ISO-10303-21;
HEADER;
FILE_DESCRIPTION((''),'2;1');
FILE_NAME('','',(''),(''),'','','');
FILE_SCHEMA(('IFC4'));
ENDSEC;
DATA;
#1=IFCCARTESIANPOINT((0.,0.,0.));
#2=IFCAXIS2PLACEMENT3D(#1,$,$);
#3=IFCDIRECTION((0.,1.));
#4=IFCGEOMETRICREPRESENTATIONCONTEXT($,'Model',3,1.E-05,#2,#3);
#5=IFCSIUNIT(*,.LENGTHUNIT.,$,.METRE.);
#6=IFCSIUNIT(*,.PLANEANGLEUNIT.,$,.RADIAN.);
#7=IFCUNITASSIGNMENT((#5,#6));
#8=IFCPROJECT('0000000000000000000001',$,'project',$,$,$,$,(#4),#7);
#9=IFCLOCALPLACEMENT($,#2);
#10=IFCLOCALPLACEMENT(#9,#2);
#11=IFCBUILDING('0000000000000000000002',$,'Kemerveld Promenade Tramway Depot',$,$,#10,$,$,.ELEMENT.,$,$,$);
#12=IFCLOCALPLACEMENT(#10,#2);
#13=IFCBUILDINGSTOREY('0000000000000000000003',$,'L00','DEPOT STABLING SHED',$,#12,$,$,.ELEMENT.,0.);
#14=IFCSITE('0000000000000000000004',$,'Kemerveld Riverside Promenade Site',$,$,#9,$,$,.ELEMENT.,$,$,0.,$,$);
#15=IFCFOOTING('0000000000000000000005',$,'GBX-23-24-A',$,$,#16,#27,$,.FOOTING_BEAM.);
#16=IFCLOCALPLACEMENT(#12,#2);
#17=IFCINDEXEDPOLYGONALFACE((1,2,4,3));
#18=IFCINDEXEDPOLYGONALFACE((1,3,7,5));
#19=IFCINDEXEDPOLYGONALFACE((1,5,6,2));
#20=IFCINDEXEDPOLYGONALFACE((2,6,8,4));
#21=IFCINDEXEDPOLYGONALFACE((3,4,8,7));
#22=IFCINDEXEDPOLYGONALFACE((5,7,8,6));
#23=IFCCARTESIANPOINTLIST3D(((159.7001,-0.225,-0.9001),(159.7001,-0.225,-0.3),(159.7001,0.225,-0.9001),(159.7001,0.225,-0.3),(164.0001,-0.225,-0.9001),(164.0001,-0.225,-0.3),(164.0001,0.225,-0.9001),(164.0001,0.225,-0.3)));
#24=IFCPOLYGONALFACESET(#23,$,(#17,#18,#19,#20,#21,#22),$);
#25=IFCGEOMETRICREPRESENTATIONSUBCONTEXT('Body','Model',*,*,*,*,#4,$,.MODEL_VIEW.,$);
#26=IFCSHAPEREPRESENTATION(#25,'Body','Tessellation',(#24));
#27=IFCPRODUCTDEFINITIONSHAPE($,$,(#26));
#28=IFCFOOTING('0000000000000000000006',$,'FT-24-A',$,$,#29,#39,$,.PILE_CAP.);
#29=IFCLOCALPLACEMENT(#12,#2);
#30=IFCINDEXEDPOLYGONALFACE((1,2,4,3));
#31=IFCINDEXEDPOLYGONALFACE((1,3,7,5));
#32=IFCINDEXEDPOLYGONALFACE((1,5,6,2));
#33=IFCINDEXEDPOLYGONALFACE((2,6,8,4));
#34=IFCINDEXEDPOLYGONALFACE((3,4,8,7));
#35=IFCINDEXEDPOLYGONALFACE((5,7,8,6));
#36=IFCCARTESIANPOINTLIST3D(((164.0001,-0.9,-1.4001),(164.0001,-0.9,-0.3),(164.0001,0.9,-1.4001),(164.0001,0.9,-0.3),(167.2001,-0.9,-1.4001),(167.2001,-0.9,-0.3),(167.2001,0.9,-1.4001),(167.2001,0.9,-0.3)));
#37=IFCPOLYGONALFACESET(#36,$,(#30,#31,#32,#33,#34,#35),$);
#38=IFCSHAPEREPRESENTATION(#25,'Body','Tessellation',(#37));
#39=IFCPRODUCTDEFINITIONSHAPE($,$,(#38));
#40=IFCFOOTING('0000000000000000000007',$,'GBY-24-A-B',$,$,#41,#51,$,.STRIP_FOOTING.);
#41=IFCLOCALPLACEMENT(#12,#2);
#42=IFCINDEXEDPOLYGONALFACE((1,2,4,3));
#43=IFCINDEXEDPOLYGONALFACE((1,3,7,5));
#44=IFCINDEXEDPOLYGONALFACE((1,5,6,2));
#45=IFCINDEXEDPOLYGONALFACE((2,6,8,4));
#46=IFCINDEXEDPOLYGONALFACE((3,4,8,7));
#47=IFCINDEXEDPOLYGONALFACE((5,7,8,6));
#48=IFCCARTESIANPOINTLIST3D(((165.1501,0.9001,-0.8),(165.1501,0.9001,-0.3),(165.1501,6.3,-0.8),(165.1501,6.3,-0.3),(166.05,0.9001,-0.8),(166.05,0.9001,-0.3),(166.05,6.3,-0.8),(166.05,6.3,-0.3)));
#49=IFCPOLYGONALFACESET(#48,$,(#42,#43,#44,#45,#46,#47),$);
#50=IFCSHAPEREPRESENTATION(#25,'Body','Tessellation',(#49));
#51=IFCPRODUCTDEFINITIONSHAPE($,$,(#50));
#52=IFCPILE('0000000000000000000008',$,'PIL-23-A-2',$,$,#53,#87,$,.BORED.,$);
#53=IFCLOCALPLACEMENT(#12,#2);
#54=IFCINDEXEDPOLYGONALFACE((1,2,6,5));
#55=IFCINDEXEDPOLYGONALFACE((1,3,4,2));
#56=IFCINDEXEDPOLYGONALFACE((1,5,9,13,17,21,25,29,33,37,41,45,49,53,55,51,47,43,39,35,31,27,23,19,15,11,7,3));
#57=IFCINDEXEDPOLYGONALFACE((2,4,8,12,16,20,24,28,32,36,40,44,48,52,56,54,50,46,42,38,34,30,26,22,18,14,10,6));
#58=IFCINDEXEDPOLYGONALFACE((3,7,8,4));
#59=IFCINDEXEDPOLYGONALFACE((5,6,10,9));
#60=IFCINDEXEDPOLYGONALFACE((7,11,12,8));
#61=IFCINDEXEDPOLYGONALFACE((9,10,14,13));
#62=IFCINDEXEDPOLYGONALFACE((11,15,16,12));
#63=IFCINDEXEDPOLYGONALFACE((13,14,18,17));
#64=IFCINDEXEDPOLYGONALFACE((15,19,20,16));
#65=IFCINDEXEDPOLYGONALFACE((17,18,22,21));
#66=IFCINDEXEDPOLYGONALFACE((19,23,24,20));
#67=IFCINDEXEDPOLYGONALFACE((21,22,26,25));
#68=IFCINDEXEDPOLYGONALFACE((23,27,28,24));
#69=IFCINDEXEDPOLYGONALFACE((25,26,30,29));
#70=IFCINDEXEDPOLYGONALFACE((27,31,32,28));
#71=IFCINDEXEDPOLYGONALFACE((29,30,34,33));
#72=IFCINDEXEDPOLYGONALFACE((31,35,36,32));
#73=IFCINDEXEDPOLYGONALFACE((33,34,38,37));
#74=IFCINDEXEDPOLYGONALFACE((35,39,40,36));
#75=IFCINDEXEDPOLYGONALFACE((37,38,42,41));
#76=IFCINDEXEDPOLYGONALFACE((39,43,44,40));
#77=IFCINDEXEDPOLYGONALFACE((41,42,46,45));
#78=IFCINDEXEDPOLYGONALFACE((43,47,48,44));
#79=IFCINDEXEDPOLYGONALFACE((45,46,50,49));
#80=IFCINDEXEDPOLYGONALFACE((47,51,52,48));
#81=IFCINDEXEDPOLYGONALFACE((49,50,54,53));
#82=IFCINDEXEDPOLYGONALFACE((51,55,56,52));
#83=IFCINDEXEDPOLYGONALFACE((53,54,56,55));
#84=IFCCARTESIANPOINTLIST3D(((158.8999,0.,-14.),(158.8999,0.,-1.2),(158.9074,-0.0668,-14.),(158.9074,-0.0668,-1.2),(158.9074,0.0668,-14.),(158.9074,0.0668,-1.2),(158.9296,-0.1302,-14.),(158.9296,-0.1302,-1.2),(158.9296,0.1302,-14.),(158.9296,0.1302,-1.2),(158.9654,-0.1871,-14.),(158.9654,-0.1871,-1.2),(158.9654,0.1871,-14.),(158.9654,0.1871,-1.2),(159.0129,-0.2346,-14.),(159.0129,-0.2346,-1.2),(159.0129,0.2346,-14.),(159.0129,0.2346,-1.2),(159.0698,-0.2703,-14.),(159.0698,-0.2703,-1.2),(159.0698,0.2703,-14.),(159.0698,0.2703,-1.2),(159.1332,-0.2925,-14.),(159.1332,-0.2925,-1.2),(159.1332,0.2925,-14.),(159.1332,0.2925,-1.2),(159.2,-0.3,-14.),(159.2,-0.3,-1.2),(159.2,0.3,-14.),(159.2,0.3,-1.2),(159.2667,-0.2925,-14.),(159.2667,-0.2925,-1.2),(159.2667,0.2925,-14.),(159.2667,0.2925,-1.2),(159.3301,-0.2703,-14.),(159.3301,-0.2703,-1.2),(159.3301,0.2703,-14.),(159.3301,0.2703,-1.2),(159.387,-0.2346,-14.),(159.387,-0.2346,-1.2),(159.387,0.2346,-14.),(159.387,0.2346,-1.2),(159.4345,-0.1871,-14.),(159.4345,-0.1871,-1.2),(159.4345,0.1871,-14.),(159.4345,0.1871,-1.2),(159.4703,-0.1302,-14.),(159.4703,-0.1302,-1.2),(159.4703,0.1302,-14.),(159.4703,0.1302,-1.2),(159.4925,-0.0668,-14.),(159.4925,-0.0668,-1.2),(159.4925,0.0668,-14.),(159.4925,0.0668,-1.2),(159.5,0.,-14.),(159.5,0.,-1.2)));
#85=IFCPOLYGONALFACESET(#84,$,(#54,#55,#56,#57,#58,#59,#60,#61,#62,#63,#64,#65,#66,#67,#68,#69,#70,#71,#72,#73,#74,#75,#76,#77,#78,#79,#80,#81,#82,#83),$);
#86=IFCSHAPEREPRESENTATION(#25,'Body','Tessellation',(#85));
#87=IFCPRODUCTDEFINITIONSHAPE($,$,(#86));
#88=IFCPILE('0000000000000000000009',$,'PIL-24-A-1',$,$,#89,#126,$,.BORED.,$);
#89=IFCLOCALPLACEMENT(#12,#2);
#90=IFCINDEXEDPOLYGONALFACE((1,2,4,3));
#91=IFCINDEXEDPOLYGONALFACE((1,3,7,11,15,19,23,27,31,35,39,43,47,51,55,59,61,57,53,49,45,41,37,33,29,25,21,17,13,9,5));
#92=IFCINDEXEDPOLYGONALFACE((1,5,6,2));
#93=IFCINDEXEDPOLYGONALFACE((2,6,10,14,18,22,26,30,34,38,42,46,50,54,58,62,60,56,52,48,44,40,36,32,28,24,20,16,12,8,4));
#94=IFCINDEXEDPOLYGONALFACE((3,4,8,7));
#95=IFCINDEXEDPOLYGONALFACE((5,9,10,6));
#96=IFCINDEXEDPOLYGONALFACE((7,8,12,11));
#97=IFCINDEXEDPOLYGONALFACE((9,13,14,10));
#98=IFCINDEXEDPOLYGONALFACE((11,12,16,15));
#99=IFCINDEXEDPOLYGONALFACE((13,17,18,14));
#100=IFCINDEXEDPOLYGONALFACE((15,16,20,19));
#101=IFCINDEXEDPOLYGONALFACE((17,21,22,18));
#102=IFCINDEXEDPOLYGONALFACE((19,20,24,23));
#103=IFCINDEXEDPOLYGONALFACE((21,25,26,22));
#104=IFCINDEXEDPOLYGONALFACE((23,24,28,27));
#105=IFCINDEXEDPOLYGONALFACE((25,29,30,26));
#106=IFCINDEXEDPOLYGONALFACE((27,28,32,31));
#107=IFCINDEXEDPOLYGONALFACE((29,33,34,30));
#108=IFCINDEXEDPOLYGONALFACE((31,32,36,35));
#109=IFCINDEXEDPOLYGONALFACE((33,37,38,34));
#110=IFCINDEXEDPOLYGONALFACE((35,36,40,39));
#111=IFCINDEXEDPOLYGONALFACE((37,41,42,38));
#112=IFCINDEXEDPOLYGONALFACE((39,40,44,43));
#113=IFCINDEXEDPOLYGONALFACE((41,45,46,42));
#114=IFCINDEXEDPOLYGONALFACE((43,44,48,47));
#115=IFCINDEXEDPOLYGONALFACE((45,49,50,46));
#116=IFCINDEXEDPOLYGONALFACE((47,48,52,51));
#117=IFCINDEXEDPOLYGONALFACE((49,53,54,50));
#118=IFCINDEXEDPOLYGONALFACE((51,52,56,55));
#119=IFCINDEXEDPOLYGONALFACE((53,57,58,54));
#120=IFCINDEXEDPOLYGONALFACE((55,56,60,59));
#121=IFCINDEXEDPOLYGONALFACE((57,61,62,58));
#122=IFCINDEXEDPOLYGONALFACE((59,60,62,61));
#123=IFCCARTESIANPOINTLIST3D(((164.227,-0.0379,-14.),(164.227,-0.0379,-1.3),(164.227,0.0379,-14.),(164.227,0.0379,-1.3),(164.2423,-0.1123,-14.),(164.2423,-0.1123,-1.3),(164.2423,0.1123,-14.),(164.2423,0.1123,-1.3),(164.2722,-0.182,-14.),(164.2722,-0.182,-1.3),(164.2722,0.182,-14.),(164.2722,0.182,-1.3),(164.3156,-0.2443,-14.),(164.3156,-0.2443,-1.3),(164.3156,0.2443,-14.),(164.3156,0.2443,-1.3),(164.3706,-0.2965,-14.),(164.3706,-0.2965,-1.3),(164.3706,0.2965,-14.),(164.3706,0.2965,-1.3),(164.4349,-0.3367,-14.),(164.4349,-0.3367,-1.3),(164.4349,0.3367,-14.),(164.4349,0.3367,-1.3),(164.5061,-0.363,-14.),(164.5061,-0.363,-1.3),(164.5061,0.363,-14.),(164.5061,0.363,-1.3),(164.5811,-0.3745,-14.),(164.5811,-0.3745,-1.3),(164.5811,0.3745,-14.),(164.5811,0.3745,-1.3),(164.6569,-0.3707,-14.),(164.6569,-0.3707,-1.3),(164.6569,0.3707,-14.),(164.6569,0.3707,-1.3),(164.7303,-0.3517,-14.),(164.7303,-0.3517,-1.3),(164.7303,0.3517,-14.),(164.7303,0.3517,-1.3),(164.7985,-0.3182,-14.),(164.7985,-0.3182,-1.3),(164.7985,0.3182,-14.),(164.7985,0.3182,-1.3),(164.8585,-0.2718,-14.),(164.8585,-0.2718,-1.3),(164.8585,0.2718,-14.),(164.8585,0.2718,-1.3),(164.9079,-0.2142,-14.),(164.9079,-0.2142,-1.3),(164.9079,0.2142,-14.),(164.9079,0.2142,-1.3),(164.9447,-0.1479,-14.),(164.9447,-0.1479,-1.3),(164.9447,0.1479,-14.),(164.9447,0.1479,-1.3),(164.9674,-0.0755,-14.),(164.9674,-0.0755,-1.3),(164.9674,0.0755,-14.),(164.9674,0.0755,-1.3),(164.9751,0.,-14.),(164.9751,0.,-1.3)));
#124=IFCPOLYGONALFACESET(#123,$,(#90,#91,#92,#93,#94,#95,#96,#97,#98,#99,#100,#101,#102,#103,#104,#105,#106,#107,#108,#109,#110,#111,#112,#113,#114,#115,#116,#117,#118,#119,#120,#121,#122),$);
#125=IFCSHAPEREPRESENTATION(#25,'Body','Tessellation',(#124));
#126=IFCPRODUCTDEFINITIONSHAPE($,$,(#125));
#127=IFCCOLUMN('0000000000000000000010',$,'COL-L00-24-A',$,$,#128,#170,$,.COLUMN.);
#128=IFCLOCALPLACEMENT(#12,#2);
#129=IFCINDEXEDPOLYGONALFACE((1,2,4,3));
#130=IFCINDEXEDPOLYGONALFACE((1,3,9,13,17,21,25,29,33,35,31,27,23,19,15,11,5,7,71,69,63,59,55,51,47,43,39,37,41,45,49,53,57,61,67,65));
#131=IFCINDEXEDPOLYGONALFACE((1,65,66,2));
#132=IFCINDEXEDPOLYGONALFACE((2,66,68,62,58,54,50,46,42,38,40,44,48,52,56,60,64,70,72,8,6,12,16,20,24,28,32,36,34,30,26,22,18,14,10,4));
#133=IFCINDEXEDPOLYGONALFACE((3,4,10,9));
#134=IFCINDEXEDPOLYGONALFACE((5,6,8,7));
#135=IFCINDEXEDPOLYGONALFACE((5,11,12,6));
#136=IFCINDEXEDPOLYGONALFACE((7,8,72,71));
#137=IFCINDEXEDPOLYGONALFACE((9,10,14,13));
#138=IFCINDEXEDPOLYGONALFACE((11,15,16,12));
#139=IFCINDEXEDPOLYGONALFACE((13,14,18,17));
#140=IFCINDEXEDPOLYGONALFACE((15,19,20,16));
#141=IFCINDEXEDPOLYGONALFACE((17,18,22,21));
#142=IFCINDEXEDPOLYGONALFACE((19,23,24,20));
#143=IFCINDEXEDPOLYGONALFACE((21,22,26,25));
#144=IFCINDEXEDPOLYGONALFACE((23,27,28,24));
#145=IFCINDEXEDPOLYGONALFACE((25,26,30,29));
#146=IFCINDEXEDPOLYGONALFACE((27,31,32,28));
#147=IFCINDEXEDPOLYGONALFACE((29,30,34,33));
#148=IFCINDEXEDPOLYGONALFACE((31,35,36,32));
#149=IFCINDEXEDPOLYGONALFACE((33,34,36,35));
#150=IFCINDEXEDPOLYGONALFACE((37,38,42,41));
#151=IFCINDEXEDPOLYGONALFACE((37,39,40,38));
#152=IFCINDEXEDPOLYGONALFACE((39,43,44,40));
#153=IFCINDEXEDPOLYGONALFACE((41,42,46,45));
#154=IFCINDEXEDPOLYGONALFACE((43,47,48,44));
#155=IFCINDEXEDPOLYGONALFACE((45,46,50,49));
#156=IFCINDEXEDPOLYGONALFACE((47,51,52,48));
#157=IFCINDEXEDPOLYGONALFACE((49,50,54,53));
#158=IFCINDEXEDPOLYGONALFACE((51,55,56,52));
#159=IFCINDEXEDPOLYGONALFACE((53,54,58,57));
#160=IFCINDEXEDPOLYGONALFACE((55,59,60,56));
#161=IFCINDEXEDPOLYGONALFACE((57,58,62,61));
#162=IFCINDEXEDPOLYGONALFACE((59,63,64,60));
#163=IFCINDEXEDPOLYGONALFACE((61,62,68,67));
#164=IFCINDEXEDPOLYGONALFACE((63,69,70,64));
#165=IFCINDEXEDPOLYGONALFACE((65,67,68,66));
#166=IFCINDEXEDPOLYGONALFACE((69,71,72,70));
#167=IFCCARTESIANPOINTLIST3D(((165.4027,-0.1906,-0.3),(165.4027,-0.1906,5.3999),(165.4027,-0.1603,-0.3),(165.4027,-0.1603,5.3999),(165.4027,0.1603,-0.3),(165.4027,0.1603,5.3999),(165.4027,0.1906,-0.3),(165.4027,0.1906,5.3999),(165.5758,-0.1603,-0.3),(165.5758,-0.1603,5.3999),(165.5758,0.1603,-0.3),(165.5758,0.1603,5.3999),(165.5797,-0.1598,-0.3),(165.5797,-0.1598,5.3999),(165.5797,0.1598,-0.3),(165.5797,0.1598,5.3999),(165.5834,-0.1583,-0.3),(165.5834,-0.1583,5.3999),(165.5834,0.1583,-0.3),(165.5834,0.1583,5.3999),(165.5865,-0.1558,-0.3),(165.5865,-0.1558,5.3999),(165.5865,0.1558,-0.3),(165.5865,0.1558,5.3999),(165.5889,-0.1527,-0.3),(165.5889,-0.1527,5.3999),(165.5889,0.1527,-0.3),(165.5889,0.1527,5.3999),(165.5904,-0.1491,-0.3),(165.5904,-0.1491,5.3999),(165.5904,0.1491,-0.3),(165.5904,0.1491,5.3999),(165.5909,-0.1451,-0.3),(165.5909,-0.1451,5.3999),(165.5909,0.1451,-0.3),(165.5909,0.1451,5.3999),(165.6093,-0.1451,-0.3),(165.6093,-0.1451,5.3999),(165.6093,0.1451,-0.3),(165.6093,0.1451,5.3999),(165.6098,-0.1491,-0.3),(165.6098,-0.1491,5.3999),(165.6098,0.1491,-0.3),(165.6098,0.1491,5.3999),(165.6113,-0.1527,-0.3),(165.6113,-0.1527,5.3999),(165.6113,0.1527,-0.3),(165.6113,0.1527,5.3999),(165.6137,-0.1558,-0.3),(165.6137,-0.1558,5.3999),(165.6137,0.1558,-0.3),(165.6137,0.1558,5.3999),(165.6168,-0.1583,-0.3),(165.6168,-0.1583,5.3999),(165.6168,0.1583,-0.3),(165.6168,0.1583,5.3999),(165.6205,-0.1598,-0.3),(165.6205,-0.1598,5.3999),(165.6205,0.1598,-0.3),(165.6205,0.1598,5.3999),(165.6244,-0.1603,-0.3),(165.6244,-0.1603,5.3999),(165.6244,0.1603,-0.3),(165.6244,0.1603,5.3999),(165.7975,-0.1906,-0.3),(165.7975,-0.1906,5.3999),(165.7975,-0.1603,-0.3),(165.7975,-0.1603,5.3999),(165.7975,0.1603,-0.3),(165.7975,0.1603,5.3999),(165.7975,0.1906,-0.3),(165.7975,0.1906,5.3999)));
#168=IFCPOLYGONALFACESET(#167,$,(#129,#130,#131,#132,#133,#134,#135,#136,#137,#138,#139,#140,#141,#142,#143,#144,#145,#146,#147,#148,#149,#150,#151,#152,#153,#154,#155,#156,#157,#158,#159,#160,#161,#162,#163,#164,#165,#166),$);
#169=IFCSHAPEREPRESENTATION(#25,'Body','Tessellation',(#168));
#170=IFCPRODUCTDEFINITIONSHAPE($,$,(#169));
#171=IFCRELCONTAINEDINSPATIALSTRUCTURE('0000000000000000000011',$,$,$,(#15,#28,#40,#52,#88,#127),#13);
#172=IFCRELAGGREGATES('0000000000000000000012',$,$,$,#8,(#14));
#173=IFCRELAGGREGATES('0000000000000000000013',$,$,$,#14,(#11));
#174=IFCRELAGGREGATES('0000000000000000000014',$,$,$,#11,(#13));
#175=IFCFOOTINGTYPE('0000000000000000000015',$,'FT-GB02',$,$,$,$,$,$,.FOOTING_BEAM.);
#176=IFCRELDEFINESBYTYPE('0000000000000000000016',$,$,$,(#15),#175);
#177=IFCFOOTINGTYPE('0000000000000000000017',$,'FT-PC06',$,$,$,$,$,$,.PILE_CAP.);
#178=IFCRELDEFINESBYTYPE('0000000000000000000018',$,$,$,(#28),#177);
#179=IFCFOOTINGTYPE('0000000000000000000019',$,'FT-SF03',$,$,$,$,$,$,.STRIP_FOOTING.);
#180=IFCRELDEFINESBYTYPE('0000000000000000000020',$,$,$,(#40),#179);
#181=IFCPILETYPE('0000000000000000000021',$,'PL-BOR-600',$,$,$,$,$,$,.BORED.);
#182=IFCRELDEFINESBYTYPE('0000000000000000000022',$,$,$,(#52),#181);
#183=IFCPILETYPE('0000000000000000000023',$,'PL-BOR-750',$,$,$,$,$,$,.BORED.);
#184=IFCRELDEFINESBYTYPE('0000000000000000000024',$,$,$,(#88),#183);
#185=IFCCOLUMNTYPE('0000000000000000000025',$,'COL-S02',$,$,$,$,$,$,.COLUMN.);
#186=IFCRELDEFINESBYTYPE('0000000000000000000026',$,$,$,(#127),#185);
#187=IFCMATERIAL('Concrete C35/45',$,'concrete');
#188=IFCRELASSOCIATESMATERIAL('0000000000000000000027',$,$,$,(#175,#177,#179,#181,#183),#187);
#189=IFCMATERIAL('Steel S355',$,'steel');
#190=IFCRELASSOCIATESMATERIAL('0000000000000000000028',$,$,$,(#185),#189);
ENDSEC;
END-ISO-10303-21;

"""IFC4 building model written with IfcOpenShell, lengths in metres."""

from ifc_helpers import new_model, si_unit, direction, frame, origin, origin_2d, place, context, subcontext, project, spatial, rectangle, circle, i_section, extrude, material, material_profile, profile_set, type_object, element, save


model = new_model("IFC4")

# Units and contexts
model_context = context("Model", 3, precision=1e-05, world=origin(), true_north=direction((0.0, 1.0)))
body_context = subcontext(model_context, "Body", "Model", "MODEL_VIEW")
ifc_project = project(units=[si_unit("LENGTHUNIT", "METRE"), si_unit("PLANEANGLEUNIT", "RADIAN")], contexts=[model_context])

# Site, building, storey
site_placement = place(None, origin())
site = spatial("IfcSite", under=ifc_project, at=site_placement, Name="Kemerveld Riverside Promenade Site", CompositionType="ELEMENT", RefElevation=0.0)
building_placement = place(site_placement, origin())
building = spatial("IfcBuilding", under=site, at=building_placement, Name="Kemerveld Promenade Tramway Depot", CompositionType="ELEMENT")
storey_placement = place(building_placement, origin())
storey = spatial("IfcBuildingStorey", under=building, at=storey_placement, Name="L00", Description="DEPOT STABLING SHED", CompositionType="ELEMENT", Elevation=0.0)

# Footings
ifc_material_1 = material(Name="Concrete C35/45", Category="concrete")
footing_type_1 = type_object("IfcFootingType", Name="FT-GB02", PredefinedType="FOOTING_BEAM", material=ifc_material_1)
footing_1_placement = place(storey_placement, frame((161.8501, 0.0, -0.9001), z_axis=(0.0, 0.0, 1.0), x_axis=(1.0, 0.0, 0.0)))
element("IfcFooting", 1, at=footing_1_placement, inside=storey, type_object=footing_type_1, Name="GBX-23-24-A", PredefinedType="FOOTING_BEAM", context=body_context, shape_type="SweptSolid", body=[
    extrude(rectangle(XDim=4.3, YDim=0.45, at=origin_2d()), origin(), (0.0, 0.0, 1.0), 0.6001),
])
footing_type_2 = type_object("IfcFootingType", Name="FT-PC06", PredefinedType="PILE_CAP", material=ifc_material_1)
footing_2_placement = place(storey_placement, frame((165.6001, 0.0, -1.4001), z_axis=(0.0, 0.0, 1.0), x_axis=(1.0, 0.0, 0.0)))
element("IfcFooting", 2, at=footing_2_placement, inside=storey, type_object=footing_type_2, Name="FT-24-A", PredefinedType="PILE_CAP", context=body_context, shape_type="SweptSolid", body=[
    extrude(rectangle(XDim=3.2, YDim=1.8, at=origin_2d()), origin(), (0.0, 0.0, 1.0), 1.1001),
])
footing_type_3 = type_object("IfcFootingType", Name="FT-SF03", PredefinedType="STRIP_FOOTING", material=ifc_material_1)
footing_3_placement = place(storey_placement, frame((165.6001, 3.6001, -0.8), z_axis=(0.0, 0.0, 1.0), x_axis=(0.0, 1.0, 0.0)))
element("IfcFooting", 3, at=footing_3_placement, inside=storey, type_object=footing_type_3, Name="GBY-24-A-B", PredefinedType="STRIP_FOOTING", context=body_context, shape_type="SweptSolid", body=[
    extrude(rectangle(XDim=5.3999, YDim=0.8999, at=origin_2d()), origin(), (0.0, 0.0, 1.0), 0.5),
])

# Piles
ifc_material_profile_1 = material_profile(ifc_material_1, circle(Radius=0.3, at=origin_2d()), Name="PILE-D600")
ifc_profile_set_1 = profile_set([ifc_material_profile_1], Name="Concrete C35/45")
pile_type_1 = type_object("IfcPileType", Name="PL-BOR-600", PredefinedType="BORED", material=ifc_profile_set_1)
pile_1_placement = place(storey_placement, frame((159.2, 0.0, -1.2), z_axis=(0.0, 0.0, -1.0), x_axis=(1.0, 0.0, 0.0)))
element("IfcPile", 4, at=pile_1_placement, inside=storey, type_object=pile_type_1, Name="PIL-23-A-2", PredefinedType="BORED", context=body_context, shape_type="SweptSolid", body=[
    extrude(circle(Radius=0.3, at=origin_2d()), origin(), (0.0, 0.0, 1.0), 12.8),
])
ifc_material_profile_2 = material_profile(ifc_material_1, circle(Radius=0.375, at=origin_2d()), Name="PILE-D750")
ifc_profile_set_2 = profile_set([ifc_material_profile_2], Name="Concrete C35/45")
pile_type_2 = type_object("IfcPileType", Name="PL-BOR-750", PredefinedType="BORED", material=ifc_profile_set_2)
pile_2_placement = place(storey_placement, frame((164.6001, 0.0, -1.3), z_axis=(0.0, 0.0, -1.0), x_axis=(1.0, 0.0, 0.0)))
element("IfcPile", 5, at=pile_2_placement, inside=storey, type_object=pile_type_2, Name="PIL-24-A-1", PredefinedType="BORED", context=body_context, shape_type="SweptSolid", body=[
    extrude(circle(Radius=0.375, at=origin_2d()), origin(), (0.0, 0.0, 1.0), 12.7),
])

# Column
ifc_material_2 = material(Name="Steel S355", Category="steel")
ifc_material_profile_3 = material_profile(ifc_material_2, i_section(OverallWidth=0.3948, OverallDepth=0.3811, WebThickness=0.0183, FlangeThickness=0.0303, FilletRadius=0.0151, at=origin_2d()), Name="356x406x235 UC")
ifc_profile_set_3 = profile_set([ifc_material_profile_3], Name="Steel S355")
column_type = type_object("IfcColumnType", Name="COL-S02", PredefinedType="COLUMN", material=ifc_profile_set_3)
column_placement = place(storey_placement, frame((165.6001, 0.0, -0.3), z_axis=(0.0, 0.0, 1.0), x_axis=(1.0, 0.0, 0.0)))
element("IfcColumn", 6, at=column_placement, inside=storey, type_object=column_type, Name="COL-L00-24-A", PredefinedType="COLUMN", context=body_context, shape_type="SweptSolid", body=[
    extrude(i_section(OverallWidth=0.3948, OverallDepth=0.3811, WebThickness=0.0183, FlangeThickness=0.0303, FilletRadius=0.0151, at=origin_2d()), origin(), (0.0, 0.0, 1.0), 5.7),
])

save(model, "model.ifc")
